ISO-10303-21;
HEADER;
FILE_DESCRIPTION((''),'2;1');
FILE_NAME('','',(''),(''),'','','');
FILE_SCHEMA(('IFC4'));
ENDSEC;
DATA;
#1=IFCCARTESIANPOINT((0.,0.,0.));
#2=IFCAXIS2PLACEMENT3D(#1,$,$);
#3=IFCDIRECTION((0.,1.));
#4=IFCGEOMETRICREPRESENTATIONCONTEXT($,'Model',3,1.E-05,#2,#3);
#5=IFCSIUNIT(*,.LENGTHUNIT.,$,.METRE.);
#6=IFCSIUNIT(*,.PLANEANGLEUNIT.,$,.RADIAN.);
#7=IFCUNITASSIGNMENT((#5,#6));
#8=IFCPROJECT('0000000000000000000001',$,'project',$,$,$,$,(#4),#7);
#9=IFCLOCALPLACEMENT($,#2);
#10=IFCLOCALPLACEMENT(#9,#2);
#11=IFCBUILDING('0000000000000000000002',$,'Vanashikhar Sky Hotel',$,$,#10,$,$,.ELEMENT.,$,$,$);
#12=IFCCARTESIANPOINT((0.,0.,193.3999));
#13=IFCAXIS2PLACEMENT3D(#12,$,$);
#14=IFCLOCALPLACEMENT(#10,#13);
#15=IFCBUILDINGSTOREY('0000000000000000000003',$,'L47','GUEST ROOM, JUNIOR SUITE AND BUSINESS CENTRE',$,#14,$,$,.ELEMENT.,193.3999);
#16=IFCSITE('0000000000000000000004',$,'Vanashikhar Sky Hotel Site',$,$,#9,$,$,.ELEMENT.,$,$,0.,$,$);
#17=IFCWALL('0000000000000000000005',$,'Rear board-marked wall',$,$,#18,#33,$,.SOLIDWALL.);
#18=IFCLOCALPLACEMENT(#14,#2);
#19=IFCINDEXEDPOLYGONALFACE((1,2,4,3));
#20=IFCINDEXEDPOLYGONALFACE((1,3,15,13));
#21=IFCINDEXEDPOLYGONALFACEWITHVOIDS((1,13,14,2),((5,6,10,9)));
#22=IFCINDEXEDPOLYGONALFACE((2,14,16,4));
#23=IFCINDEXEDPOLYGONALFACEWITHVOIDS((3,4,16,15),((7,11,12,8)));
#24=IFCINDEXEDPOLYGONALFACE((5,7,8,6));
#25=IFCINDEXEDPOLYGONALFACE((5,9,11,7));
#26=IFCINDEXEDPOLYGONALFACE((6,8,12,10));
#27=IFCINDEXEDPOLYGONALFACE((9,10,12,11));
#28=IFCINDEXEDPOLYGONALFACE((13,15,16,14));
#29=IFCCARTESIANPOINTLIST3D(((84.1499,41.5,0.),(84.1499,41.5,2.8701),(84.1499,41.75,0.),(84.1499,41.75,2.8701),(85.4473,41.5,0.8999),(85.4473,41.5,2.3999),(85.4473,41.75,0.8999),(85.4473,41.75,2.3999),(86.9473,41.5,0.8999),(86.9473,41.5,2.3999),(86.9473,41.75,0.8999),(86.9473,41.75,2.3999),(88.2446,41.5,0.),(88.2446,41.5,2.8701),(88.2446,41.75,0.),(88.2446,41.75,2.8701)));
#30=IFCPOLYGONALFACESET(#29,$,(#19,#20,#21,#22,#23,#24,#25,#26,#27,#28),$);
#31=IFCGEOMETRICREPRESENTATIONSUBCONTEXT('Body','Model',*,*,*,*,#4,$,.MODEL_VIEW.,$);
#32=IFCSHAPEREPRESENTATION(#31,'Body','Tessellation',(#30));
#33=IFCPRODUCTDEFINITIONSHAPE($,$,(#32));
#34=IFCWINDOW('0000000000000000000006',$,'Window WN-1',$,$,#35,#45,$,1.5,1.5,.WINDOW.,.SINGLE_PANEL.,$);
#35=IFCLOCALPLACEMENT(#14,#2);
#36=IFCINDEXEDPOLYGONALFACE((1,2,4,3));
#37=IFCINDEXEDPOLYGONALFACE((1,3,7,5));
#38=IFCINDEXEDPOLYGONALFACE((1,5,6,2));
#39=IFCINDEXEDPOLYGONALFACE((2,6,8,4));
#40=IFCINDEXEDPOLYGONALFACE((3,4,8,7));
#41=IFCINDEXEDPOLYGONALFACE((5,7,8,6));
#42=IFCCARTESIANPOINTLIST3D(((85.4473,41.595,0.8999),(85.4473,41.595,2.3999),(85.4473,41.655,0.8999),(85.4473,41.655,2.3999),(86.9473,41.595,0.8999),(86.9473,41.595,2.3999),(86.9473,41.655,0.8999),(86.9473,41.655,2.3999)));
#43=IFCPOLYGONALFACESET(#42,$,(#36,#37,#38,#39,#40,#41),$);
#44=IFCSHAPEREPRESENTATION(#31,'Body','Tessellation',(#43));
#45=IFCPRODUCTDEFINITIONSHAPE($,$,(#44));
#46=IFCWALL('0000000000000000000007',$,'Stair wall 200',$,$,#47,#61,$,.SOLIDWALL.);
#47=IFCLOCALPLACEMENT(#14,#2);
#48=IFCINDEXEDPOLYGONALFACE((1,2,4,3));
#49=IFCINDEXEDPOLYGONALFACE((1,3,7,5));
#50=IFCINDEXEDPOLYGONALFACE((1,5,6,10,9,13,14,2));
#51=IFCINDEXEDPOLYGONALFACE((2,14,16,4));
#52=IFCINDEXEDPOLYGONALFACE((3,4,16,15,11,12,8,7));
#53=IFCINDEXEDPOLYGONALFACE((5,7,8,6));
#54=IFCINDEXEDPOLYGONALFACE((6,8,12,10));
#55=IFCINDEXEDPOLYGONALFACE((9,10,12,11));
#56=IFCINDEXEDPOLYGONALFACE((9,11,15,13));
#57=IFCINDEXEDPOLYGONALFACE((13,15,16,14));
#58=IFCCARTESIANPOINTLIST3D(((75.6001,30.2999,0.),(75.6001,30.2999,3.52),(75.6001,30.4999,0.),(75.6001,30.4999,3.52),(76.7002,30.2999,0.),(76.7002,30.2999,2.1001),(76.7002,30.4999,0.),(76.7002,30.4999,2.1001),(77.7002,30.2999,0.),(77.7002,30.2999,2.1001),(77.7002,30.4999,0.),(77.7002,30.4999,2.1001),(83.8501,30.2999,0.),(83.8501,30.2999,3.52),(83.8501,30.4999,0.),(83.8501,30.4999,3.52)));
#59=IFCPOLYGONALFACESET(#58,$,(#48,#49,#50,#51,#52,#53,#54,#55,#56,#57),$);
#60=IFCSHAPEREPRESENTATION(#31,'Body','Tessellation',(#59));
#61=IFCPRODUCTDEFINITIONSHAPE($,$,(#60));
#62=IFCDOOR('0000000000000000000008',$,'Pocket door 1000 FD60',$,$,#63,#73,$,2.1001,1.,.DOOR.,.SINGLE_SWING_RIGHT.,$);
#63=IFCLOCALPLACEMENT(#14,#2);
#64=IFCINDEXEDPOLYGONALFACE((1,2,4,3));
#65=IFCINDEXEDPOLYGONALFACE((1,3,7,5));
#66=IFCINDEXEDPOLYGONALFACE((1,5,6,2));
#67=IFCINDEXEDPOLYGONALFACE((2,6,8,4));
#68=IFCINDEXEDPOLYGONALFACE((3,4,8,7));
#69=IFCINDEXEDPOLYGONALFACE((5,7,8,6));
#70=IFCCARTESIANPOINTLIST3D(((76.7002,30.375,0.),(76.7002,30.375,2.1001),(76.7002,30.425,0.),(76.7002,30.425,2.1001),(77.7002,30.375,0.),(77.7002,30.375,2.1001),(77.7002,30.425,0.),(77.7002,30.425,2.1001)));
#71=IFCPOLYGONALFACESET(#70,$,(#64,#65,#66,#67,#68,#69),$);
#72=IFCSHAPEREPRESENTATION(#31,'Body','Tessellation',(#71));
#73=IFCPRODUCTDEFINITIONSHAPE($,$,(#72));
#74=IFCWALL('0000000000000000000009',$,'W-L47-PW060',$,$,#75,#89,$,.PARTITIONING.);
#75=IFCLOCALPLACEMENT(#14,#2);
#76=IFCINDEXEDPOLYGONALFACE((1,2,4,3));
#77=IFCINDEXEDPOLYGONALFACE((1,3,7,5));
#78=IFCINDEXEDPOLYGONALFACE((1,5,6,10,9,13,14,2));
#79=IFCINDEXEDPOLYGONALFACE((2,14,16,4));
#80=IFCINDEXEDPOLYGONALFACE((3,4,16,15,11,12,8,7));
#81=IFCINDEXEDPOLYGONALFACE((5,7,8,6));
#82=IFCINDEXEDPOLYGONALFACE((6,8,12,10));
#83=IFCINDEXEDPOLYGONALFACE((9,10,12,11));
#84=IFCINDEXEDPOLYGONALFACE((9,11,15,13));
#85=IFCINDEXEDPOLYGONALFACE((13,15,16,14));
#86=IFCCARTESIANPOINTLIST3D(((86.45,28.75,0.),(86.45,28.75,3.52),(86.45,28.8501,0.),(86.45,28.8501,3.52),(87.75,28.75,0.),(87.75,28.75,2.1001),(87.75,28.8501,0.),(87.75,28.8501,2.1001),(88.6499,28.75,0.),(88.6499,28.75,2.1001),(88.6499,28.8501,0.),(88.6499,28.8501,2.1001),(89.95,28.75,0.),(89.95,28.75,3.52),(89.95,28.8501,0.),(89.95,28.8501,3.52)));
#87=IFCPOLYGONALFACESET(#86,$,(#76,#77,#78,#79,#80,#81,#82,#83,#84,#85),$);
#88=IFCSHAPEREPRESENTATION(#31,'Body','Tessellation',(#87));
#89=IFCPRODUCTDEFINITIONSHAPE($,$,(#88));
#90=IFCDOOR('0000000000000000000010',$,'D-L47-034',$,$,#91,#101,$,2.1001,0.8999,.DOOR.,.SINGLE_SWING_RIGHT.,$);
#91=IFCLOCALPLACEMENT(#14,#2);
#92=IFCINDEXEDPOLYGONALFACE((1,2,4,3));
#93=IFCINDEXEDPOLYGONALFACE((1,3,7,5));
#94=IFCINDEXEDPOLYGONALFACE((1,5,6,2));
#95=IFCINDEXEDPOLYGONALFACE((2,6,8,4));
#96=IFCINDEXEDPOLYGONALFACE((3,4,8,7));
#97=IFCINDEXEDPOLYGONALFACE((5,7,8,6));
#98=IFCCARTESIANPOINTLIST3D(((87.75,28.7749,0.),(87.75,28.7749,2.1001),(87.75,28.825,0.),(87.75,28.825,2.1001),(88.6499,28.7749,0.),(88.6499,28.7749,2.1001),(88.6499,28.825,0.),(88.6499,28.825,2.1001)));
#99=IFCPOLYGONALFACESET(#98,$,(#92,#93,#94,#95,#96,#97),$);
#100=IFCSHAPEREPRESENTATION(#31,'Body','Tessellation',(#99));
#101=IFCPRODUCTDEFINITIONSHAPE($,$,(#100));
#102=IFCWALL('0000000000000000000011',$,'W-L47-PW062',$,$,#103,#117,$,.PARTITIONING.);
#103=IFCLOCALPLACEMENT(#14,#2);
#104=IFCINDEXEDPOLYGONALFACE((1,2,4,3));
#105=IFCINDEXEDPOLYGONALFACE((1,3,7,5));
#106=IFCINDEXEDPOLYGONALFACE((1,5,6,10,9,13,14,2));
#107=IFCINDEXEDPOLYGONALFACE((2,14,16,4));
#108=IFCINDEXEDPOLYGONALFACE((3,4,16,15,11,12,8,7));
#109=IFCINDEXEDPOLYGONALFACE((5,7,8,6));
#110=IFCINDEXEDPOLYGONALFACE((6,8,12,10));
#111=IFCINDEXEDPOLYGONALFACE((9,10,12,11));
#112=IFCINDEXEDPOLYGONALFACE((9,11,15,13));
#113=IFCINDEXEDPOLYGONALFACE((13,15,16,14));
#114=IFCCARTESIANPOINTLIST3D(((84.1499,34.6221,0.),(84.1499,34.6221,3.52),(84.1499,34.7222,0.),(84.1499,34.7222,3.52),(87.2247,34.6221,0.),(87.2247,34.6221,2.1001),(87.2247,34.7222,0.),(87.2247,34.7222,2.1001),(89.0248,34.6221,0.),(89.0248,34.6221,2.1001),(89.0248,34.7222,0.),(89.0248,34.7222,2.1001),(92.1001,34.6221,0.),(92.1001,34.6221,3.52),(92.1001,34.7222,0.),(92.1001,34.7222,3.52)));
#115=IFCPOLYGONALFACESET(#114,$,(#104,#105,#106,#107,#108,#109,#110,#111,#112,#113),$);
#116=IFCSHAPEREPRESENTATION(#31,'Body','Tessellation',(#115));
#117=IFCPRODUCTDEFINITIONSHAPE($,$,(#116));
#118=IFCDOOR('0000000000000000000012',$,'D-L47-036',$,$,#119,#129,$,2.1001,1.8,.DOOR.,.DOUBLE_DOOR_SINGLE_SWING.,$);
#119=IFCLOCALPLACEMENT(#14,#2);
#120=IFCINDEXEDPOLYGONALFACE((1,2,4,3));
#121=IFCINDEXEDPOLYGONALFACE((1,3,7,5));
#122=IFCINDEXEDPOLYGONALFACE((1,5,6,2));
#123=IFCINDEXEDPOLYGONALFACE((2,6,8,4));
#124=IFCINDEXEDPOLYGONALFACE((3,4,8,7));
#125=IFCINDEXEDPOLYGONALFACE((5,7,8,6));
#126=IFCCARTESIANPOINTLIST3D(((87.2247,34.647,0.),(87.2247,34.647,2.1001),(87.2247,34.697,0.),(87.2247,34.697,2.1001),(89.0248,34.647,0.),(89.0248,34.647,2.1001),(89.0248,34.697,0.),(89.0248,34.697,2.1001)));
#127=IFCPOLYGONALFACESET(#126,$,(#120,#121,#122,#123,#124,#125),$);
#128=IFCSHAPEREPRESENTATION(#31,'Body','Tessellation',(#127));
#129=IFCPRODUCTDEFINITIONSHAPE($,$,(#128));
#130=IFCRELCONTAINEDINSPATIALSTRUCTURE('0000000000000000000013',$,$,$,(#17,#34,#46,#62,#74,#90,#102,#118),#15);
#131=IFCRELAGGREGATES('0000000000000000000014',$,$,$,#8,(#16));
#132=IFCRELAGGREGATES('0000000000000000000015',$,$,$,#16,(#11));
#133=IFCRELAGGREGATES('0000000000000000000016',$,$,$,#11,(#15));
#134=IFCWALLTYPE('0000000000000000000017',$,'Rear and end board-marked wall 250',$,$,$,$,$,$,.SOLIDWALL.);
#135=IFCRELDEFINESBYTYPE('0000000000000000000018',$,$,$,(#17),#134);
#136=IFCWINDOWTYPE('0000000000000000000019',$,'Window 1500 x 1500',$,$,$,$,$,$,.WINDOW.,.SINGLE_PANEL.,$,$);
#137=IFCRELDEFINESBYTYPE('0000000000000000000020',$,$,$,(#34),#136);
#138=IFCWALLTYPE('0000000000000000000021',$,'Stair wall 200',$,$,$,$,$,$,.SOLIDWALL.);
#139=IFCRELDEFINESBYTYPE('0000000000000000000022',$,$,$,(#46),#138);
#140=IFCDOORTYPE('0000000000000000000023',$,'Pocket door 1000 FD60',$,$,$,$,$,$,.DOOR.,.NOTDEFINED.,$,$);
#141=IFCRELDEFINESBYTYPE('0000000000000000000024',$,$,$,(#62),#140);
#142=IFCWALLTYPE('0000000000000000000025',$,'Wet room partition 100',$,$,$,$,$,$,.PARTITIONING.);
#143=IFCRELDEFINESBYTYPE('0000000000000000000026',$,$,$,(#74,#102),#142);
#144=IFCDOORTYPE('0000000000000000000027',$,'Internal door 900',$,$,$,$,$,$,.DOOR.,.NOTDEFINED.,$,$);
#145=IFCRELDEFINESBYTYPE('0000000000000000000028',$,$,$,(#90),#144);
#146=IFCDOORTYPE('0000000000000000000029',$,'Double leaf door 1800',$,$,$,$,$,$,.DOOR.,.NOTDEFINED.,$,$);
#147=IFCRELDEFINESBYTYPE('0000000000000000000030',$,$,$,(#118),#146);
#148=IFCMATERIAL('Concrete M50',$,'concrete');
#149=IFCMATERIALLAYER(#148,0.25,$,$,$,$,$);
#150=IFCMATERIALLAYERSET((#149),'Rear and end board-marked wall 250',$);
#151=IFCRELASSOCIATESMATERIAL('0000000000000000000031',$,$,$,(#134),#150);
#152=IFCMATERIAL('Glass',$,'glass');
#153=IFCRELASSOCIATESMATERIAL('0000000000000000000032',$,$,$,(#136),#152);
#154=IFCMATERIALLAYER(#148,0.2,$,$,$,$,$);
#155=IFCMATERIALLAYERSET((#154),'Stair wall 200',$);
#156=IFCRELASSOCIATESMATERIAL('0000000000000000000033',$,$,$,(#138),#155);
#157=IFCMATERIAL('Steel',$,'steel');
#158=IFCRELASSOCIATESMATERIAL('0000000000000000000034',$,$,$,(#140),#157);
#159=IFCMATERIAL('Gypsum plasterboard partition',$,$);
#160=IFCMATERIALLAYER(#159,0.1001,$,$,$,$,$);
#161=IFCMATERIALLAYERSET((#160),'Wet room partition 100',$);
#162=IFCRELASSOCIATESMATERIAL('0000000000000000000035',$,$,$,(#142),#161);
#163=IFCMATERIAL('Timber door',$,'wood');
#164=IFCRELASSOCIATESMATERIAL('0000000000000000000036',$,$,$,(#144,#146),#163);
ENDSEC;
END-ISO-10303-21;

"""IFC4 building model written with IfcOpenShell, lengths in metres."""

from ifc_helpers import new_model, si_unit, direction, frame, frame_2d, origin, place, context, subcontext, project, spatial, rectangle, extrude, source, transform, mapped, material, layer, layer_set, type_object, element, fill, save


model = new_model("IFC4")

# Units and contexts
model_context = context("Model", 3, precision=1e-05, world=origin(), true_north=direction((0.0, 1.0)))
body_context = subcontext(model_context, "Body", "Model", "MODEL_VIEW")
ifc_project = project(units=[si_unit("LENGTHUNIT", "METRE"), si_unit("PLANEANGLEUNIT", "RADIAN")], contexts=[model_context])

# Site, building, storey
site_placement = place(None, origin())
site = spatial("IfcSite", under=ifc_project, at=site_placement, Name="Vanashikhar Sky Hotel Site", CompositionType="ELEMENT", RefElevation=0.0)
building_placement = place(site_placement, origin())
building = spatial("IfcBuilding", under=site, at=building_placement, Name="Vanashikhar Sky Hotel", CompositionType="ELEMENT")
storey_placement = place(building_placement, frame((0.0, 0.0, 193.3999)))
storey = spatial("IfcBuildingStorey", under=building, at=storey_placement, Name="L47", Description="GUEST ROOM, JUNIOR SUITE AND BUSINESS CENTRE", CompositionType="ELEMENT", Elevation=193.3999)

# Shared definitions
ifc_material_1 = material(Name="Concrete M50", Category="concrete")
ifc_material_2 = material(Name="Glass", Category="glass")

# Shared definitions
ifc_layer_1 = layer(ifc_material_1, 0.25)
ifc_layer_set_1 = layer_set([ifc_layer_1], Name="Rear and end board-marked wall 250")
wall_type_1 = type_object("IfcWallType", Name="Rear and end board-marked wall 250", PredefinedType="SOLIDWALL", material=ifc_layer_set_1)

# Wall, opening, window
shared_shape_1 = source(origin(), body_context, "Body", "SweptSolid", [
    extrude(rectangle(XDim=4.0947, YDim=0.25, at=frame_2d((2.0474, 0.0))), origin(), (0.0, 0.0, 1.0), 2.8701),
])
wall_1_placement = place(storey_placement, frame((88.2446, 41.625, 0.0), z_axis=(0.0, 0.0, 1.0), x_axis=(-1.0, 0.0, 0.0)))
wall_1 = element("IfcWall", 1, at=wall_1_placement, inside=storey, type_object=wall_type_1, Name="Rear board-marked wall", PredefinedType="SOLIDWALL", context=body_context, shape_type="MappedRepresentation", body=[
    mapped(shared_shape_1, transform((0.0, 0.0, 0.0), scale=1.0)),
])
shared_shape_2 = source(origin(), body_context, "Body", "SweptSolid", [
    extrude(rectangle(XDim=1.5, YDim=1.5, at=frame_2d((0.75, 0.75))), frame((0.0, 0.135, 0.0), z_axis=(0.0, -1.0, 0.0), x_axis=(1.0, 0.0, 0.0)), (0.0, 0.0, 1.0), 0.27),
])
opening_1_placement = place(wall_1_placement, frame((1.2974, 0.0, 0.8999)))
opening_1 = element("IfcOpeningElement", 2, at=opening_1_placement, cuts=wall_1, PredefinedType="OPENING", context=body_context, shape_type="MappedRepresentation", body=[
    mapped(shared_shape_2, transform((0.0, 0.0, 0.0), scale=1.0)),
])
window_type_1 = type_object("IfcWindowType", Name="Window 1500 x 1500", PartitioningType="SINGLE_PANEL", PredefinedType="WINDOW", material=ifc_material_2)
shared_shape_3 = source(origin(), body_context, "Body", "SweptSolid", [
    extrude(rectangle(XDim=1.5, YDim=1.5, at=frame_2d((0.75, 0.75))), frame((0.0, 0.03, 0.0), z_axis=(0.0, -1.0, 0.0), x_axis=(1.0, 0.0, 0.0)), (0.0, 0.0, 1.0), 0.0601),
])
window_1_placement = place(opening_1_placement, origin())
window_1 = element("IfcWindow", 3, at=window_1_placement, inside=storey, type_object=window_type_1, Name="Window WN-1", OverallHeight=1.5, OverallWidth=1.5, PartitioningType="SINGLE_PANEL", PredefinedType="WINDOW", context=body_context, shape_type="MappedRepresentation", body=[
    mapped(shared_shape_3, transform((0.0, 0.0, 0.0), scale=1.0)),
])
fill(opening_1, window_1)

# Walls, openings, doors
ifc_layer_2 = layer(ifc_material_1, 0.2)
ifc_layer_set_2 = layer_set([ifc_layer_2], Name="Stair wall 200")
wall_type_2 = type_object("IfcWallType", Name="Stair wall 200", PredefinedType="SOLIDWALL", material=ifc_layer_set_2)
shared_shape_4 = source(origin(), body_context, "Body", "SweptSolid", [
    extrude(rectangle(XDim=8.25, YDim=0.2, at=frame_2d((4.125, 0.0))), origin(), (0.0, 0.0, 1.0), 3.52),
])
wall_2_placement = place(storey_placement, frame((83.8501, 30.3999, 0.0), z_axis=(0.0, 0.0, 1.0), x_axis=(-1.0, 0.0, 0.0)))
wall_2 = element("IfcWall", 4, at=wall_2_placement, inside=storey, type_object=wall_type_2, Name="Stair wall 200", PredefinedType="SOLIDWALL", context=body_context, shape_type="MappedRepresentation", body=[
    mapped(shared_shape_4, transform((0.0, 0.0, 0.0), scale=1.0)),
])
shared_shape_5 = source(origin(), body_context, "Body", "SweptSolid", [
    extrude(rectangle(XDim=1.0, YDim=2.1001, at=frame_2d((0.5, 1.05))), frame((0.0, 0.1099, 0.0), z_axis=(0.0, -1.0, 0.0), x_axis=(1.0, 0.0, 0.0)), (0.0, 0.0, 1.0), 0.22),
])
opening_2_placement = place(wall_2_placement, frame((6.1499, 0.0, 0.0)))
opening_2 = element("IfcOpeningElement", 5, at=opening_2_placement, cuts=wall_2, PredefinedType="OPENING", context=body_context, shape_type="MappedRepresentation", body=[
    mapped(shared_shape_5, transform((0.0, 0.0, 0.0), scale=1.0)),
])
ifc_material_3 = material(Name="Steel", Category="steel")
door_type_1 = type_object("IfcDoorType", Name="Pocket door 1000 FD60", OperationType="NOTDEFINED", PredefinedType="DOOR", material=ifc_material_3)
shared_shape_6 = source(origin(), body_context, "Body", "SweptSolid", [
    extrude(rectangle(XDim=1.0, YDim=2.1001, at=frame_2d((0.5, 1.05))), frame((0.0, 0.0249, 0.0), z_axis=(0.0, -1.0, 0.0), x_axis=(1.0, 0.0, 0.0)), (0.0, 0.0, 1.0), 0.05),
])
door_1_placement = place(opening_2_placement, origin())
door_1 = element("IfcDoor", 6, at=door_1_placement, inside=storey, type_object=door_type_1, Name="Pocket door 1000 FD60", OperationType="SINGLE_SWING_RIGHT", OverallHeight=2.1001, OverallWidth=1.0, PredefinedType="DOOR", context=body_context, shape_type="MappedRepresentation", body=[
    mapped(shared_shape_6, transform((0.0, 0.0, 0.0), scale=1.0)),
])
fill(opening_2, door_1)
ifc_material_4 = material(Name="Gypsum plasterboard partition")
ifc_layer_3 = layer(ifc_material_4, 0.1001)
ifc_layer_set_3 = layer_set([ifc_layer_3], Name="Wet room partition 100")
wall_type_3 = type_object("IfcWallType", Name="Wet room partition 100", PredefinedType="PARTITIONING", material=ifc_layer_set_3)
shared_shape_7 = source(origin(), body_context, "Body", "SweptSolid", [
    extrude(rectangle(XDim=3.5, YDim=0.1001, at=frame_2d((1.75, 0.0))), origin(), (0.0, 0.0, 1.0), 3.52),
])
wall_3_placement = place(storey_placement, frame((86.45, 28.8, 0.0), z_axis=(0.0, 0.0, 1.0), x_axis=(1.0, 0.0, 0.0)))
wall_3 = element("IfcWall", 7, at=wall_3_placement, inside=storey, type_object=wall_type_3, Name="W-L47-PW060", PredefinedType="PARTITIONING", context=body_context, shape_type="MappedRepresentation", body=[
    mapped(shared_shape_7, transform((0.0, 0.0, 0.0), scale=1.0)),
])
shared_shape_8 = source(origin(), body_context, "Body", "SweptSolid", [
    extrude(rectangle(XDim=0.8999, YDim=2.1001, at=frame_2d((0.45, 1.05))), frame((0.0, 0.0601, 0.0), z_axis=(0.0, -1.0, 0.0), x_axis=(1.0, 0.0, 0.0)), (0.0, 0.0, 1.0), 0.1201),
])
opening_3_placement = place(wall_3_placement, frame((1.3, 0.0, 0.0)))
opening_3 = element("IfcOpeningElement", 8, at=opening_3_placement, cuts=wall_3, PredefinedType="OPENING", context=body_context, shape_type="MappedRepresentation", body=[
    mapped(shared_shape_8, transform((0.0, 0.0, 0.0), scale=1.0)),
])
ifc_material_5 = material(Name="Timber door", Category="wood")
door_type_2 = type_object("IfcDoorType", Name="Internal door 900", OperationType="NOTDEFINED", PredefinedType="DOOR", material=ifc_material_5)
shared_shape_9 = source(origin(), body_context, "Body", "SweptSolid", [
    extrude(rectangle(XDim=0.8999, YDim=2.1001, at=frame_2d((0.45, 1.05))), frame((0.0, 0.0249, 0.0), z_axis=(0.0, -1.0, 0.0), x_axis=(1.0, 0.0, 0.0)), (0.0, 0.0, 1.0), 0.05),
])
door_2_placement = place(opening_3_placement, origin())
door_2 = element("IfcDoor", 9, at=door_2_placement, inside=storey, type_object=door_type_2, Name="D-L47-034", OperationType="SINGLE_SWING_RIGHT", OverallHeight=2.1001, OverallWidth=0.8999, PredefinedType="DOOR", context=body_context, shape_type="MappedRepresentation", body=[
    mapped(shared_shape_9, transform((0.0, 0.0, 0.0), scale=1.0)),
])
fill(opening_3, door_2)
shared_shape_10 = source(origin(), body_context, "Body", "SweptSolid", [
    extrude(rectangle(XDim=7.9502, YDim=0.1001, at=frame_2d((3.9751, 0.0))), origin(), (0.0, 0.0, 1.0), 3.52),
])
wall_4_placement = place(storey_placement, frame((84.1499, 34.6721, 0.0), z_axis=(0.0, 0.0, 1.0), x_axis=(1.0, 0.0, 0.0)))
wall_4 = element("IfcWall", 10, at=wall_4_placement, inside=storey, type_object=wall_type_3, Name="W-L47-PW062", PredefinedType="PARTITIONING", context=body_context, shape_type="MappedRepresentation", body=[
    mapped(shared_shape_10, transform((0.0, 0.0, 0.0), scale=1.0)),
])
shared_shape_11 = source(origin(), body_context, "Body", "SweptSolid", [
    extrude(rectangle(XDim=1.8, YDim=2.1001, at=frame_2d((0.8999, 1.05))), frame((0.0, 0.0601, 0.0), z_axis=(0.0, -1.0, 0.0), x_axis=(1.0, 0.0, 0.0)), (0.0, 0.0, 1.0), 0.1201),
])
opening_4_placement = place(wall_4_placement, frame((3.075, 0.0, 0.0)))
opening_4 = element("IfcOpeningElement", 11, at=opening_4_placement, cuts=wall_4, PredefinedType="OPENING", context=body_context, shape_type="MappedRepresentation", body=[
    mapped(shared_shape_11, transform((0.0, 0.0, 0.0), scale=1.0)),
])
door_type_3 = type_object("IfcDoorType", Name="Double leaf door 1800", OperationType="NOTDEFINED", PredefinedType="DOOR", material=ifc_material_5)
shared_shape_12 = source(origin(), body_context, "Body", "SweptSolid", [
    extrude(rectangle(XDim=1.8, YDim=2.1001, at=frame_2d((0.8999, 1.05))), frame((0.0, 0.0249, 0.0), z_axis=(0.0, -1.0, 0.0), x_axis=(1.0, 0.0, 0.0)), (0.0, 0.0, 1.0), 0.05),
])
door_3_placement = place(opening_4_placement, origin())
door_3 = element("IfcDoor", 12, at=door_3_placement, inside=storey, type_object=door_type_3, Name="D-L47-036", OperationType="DOUBLE_DOOR_SINGLE_SWING", OverallHeight=2.1001, OverallWidth=1.8, PredefinedType="DOOR", context=body_context, shape_type="MappedRepresentation", body=[
    mapped(shared_shape_12, transform((0.0, 0.0, 0.0), scale=1.0)),
])
fill(opening_4, door_3)

save(model, "model.ifc")
